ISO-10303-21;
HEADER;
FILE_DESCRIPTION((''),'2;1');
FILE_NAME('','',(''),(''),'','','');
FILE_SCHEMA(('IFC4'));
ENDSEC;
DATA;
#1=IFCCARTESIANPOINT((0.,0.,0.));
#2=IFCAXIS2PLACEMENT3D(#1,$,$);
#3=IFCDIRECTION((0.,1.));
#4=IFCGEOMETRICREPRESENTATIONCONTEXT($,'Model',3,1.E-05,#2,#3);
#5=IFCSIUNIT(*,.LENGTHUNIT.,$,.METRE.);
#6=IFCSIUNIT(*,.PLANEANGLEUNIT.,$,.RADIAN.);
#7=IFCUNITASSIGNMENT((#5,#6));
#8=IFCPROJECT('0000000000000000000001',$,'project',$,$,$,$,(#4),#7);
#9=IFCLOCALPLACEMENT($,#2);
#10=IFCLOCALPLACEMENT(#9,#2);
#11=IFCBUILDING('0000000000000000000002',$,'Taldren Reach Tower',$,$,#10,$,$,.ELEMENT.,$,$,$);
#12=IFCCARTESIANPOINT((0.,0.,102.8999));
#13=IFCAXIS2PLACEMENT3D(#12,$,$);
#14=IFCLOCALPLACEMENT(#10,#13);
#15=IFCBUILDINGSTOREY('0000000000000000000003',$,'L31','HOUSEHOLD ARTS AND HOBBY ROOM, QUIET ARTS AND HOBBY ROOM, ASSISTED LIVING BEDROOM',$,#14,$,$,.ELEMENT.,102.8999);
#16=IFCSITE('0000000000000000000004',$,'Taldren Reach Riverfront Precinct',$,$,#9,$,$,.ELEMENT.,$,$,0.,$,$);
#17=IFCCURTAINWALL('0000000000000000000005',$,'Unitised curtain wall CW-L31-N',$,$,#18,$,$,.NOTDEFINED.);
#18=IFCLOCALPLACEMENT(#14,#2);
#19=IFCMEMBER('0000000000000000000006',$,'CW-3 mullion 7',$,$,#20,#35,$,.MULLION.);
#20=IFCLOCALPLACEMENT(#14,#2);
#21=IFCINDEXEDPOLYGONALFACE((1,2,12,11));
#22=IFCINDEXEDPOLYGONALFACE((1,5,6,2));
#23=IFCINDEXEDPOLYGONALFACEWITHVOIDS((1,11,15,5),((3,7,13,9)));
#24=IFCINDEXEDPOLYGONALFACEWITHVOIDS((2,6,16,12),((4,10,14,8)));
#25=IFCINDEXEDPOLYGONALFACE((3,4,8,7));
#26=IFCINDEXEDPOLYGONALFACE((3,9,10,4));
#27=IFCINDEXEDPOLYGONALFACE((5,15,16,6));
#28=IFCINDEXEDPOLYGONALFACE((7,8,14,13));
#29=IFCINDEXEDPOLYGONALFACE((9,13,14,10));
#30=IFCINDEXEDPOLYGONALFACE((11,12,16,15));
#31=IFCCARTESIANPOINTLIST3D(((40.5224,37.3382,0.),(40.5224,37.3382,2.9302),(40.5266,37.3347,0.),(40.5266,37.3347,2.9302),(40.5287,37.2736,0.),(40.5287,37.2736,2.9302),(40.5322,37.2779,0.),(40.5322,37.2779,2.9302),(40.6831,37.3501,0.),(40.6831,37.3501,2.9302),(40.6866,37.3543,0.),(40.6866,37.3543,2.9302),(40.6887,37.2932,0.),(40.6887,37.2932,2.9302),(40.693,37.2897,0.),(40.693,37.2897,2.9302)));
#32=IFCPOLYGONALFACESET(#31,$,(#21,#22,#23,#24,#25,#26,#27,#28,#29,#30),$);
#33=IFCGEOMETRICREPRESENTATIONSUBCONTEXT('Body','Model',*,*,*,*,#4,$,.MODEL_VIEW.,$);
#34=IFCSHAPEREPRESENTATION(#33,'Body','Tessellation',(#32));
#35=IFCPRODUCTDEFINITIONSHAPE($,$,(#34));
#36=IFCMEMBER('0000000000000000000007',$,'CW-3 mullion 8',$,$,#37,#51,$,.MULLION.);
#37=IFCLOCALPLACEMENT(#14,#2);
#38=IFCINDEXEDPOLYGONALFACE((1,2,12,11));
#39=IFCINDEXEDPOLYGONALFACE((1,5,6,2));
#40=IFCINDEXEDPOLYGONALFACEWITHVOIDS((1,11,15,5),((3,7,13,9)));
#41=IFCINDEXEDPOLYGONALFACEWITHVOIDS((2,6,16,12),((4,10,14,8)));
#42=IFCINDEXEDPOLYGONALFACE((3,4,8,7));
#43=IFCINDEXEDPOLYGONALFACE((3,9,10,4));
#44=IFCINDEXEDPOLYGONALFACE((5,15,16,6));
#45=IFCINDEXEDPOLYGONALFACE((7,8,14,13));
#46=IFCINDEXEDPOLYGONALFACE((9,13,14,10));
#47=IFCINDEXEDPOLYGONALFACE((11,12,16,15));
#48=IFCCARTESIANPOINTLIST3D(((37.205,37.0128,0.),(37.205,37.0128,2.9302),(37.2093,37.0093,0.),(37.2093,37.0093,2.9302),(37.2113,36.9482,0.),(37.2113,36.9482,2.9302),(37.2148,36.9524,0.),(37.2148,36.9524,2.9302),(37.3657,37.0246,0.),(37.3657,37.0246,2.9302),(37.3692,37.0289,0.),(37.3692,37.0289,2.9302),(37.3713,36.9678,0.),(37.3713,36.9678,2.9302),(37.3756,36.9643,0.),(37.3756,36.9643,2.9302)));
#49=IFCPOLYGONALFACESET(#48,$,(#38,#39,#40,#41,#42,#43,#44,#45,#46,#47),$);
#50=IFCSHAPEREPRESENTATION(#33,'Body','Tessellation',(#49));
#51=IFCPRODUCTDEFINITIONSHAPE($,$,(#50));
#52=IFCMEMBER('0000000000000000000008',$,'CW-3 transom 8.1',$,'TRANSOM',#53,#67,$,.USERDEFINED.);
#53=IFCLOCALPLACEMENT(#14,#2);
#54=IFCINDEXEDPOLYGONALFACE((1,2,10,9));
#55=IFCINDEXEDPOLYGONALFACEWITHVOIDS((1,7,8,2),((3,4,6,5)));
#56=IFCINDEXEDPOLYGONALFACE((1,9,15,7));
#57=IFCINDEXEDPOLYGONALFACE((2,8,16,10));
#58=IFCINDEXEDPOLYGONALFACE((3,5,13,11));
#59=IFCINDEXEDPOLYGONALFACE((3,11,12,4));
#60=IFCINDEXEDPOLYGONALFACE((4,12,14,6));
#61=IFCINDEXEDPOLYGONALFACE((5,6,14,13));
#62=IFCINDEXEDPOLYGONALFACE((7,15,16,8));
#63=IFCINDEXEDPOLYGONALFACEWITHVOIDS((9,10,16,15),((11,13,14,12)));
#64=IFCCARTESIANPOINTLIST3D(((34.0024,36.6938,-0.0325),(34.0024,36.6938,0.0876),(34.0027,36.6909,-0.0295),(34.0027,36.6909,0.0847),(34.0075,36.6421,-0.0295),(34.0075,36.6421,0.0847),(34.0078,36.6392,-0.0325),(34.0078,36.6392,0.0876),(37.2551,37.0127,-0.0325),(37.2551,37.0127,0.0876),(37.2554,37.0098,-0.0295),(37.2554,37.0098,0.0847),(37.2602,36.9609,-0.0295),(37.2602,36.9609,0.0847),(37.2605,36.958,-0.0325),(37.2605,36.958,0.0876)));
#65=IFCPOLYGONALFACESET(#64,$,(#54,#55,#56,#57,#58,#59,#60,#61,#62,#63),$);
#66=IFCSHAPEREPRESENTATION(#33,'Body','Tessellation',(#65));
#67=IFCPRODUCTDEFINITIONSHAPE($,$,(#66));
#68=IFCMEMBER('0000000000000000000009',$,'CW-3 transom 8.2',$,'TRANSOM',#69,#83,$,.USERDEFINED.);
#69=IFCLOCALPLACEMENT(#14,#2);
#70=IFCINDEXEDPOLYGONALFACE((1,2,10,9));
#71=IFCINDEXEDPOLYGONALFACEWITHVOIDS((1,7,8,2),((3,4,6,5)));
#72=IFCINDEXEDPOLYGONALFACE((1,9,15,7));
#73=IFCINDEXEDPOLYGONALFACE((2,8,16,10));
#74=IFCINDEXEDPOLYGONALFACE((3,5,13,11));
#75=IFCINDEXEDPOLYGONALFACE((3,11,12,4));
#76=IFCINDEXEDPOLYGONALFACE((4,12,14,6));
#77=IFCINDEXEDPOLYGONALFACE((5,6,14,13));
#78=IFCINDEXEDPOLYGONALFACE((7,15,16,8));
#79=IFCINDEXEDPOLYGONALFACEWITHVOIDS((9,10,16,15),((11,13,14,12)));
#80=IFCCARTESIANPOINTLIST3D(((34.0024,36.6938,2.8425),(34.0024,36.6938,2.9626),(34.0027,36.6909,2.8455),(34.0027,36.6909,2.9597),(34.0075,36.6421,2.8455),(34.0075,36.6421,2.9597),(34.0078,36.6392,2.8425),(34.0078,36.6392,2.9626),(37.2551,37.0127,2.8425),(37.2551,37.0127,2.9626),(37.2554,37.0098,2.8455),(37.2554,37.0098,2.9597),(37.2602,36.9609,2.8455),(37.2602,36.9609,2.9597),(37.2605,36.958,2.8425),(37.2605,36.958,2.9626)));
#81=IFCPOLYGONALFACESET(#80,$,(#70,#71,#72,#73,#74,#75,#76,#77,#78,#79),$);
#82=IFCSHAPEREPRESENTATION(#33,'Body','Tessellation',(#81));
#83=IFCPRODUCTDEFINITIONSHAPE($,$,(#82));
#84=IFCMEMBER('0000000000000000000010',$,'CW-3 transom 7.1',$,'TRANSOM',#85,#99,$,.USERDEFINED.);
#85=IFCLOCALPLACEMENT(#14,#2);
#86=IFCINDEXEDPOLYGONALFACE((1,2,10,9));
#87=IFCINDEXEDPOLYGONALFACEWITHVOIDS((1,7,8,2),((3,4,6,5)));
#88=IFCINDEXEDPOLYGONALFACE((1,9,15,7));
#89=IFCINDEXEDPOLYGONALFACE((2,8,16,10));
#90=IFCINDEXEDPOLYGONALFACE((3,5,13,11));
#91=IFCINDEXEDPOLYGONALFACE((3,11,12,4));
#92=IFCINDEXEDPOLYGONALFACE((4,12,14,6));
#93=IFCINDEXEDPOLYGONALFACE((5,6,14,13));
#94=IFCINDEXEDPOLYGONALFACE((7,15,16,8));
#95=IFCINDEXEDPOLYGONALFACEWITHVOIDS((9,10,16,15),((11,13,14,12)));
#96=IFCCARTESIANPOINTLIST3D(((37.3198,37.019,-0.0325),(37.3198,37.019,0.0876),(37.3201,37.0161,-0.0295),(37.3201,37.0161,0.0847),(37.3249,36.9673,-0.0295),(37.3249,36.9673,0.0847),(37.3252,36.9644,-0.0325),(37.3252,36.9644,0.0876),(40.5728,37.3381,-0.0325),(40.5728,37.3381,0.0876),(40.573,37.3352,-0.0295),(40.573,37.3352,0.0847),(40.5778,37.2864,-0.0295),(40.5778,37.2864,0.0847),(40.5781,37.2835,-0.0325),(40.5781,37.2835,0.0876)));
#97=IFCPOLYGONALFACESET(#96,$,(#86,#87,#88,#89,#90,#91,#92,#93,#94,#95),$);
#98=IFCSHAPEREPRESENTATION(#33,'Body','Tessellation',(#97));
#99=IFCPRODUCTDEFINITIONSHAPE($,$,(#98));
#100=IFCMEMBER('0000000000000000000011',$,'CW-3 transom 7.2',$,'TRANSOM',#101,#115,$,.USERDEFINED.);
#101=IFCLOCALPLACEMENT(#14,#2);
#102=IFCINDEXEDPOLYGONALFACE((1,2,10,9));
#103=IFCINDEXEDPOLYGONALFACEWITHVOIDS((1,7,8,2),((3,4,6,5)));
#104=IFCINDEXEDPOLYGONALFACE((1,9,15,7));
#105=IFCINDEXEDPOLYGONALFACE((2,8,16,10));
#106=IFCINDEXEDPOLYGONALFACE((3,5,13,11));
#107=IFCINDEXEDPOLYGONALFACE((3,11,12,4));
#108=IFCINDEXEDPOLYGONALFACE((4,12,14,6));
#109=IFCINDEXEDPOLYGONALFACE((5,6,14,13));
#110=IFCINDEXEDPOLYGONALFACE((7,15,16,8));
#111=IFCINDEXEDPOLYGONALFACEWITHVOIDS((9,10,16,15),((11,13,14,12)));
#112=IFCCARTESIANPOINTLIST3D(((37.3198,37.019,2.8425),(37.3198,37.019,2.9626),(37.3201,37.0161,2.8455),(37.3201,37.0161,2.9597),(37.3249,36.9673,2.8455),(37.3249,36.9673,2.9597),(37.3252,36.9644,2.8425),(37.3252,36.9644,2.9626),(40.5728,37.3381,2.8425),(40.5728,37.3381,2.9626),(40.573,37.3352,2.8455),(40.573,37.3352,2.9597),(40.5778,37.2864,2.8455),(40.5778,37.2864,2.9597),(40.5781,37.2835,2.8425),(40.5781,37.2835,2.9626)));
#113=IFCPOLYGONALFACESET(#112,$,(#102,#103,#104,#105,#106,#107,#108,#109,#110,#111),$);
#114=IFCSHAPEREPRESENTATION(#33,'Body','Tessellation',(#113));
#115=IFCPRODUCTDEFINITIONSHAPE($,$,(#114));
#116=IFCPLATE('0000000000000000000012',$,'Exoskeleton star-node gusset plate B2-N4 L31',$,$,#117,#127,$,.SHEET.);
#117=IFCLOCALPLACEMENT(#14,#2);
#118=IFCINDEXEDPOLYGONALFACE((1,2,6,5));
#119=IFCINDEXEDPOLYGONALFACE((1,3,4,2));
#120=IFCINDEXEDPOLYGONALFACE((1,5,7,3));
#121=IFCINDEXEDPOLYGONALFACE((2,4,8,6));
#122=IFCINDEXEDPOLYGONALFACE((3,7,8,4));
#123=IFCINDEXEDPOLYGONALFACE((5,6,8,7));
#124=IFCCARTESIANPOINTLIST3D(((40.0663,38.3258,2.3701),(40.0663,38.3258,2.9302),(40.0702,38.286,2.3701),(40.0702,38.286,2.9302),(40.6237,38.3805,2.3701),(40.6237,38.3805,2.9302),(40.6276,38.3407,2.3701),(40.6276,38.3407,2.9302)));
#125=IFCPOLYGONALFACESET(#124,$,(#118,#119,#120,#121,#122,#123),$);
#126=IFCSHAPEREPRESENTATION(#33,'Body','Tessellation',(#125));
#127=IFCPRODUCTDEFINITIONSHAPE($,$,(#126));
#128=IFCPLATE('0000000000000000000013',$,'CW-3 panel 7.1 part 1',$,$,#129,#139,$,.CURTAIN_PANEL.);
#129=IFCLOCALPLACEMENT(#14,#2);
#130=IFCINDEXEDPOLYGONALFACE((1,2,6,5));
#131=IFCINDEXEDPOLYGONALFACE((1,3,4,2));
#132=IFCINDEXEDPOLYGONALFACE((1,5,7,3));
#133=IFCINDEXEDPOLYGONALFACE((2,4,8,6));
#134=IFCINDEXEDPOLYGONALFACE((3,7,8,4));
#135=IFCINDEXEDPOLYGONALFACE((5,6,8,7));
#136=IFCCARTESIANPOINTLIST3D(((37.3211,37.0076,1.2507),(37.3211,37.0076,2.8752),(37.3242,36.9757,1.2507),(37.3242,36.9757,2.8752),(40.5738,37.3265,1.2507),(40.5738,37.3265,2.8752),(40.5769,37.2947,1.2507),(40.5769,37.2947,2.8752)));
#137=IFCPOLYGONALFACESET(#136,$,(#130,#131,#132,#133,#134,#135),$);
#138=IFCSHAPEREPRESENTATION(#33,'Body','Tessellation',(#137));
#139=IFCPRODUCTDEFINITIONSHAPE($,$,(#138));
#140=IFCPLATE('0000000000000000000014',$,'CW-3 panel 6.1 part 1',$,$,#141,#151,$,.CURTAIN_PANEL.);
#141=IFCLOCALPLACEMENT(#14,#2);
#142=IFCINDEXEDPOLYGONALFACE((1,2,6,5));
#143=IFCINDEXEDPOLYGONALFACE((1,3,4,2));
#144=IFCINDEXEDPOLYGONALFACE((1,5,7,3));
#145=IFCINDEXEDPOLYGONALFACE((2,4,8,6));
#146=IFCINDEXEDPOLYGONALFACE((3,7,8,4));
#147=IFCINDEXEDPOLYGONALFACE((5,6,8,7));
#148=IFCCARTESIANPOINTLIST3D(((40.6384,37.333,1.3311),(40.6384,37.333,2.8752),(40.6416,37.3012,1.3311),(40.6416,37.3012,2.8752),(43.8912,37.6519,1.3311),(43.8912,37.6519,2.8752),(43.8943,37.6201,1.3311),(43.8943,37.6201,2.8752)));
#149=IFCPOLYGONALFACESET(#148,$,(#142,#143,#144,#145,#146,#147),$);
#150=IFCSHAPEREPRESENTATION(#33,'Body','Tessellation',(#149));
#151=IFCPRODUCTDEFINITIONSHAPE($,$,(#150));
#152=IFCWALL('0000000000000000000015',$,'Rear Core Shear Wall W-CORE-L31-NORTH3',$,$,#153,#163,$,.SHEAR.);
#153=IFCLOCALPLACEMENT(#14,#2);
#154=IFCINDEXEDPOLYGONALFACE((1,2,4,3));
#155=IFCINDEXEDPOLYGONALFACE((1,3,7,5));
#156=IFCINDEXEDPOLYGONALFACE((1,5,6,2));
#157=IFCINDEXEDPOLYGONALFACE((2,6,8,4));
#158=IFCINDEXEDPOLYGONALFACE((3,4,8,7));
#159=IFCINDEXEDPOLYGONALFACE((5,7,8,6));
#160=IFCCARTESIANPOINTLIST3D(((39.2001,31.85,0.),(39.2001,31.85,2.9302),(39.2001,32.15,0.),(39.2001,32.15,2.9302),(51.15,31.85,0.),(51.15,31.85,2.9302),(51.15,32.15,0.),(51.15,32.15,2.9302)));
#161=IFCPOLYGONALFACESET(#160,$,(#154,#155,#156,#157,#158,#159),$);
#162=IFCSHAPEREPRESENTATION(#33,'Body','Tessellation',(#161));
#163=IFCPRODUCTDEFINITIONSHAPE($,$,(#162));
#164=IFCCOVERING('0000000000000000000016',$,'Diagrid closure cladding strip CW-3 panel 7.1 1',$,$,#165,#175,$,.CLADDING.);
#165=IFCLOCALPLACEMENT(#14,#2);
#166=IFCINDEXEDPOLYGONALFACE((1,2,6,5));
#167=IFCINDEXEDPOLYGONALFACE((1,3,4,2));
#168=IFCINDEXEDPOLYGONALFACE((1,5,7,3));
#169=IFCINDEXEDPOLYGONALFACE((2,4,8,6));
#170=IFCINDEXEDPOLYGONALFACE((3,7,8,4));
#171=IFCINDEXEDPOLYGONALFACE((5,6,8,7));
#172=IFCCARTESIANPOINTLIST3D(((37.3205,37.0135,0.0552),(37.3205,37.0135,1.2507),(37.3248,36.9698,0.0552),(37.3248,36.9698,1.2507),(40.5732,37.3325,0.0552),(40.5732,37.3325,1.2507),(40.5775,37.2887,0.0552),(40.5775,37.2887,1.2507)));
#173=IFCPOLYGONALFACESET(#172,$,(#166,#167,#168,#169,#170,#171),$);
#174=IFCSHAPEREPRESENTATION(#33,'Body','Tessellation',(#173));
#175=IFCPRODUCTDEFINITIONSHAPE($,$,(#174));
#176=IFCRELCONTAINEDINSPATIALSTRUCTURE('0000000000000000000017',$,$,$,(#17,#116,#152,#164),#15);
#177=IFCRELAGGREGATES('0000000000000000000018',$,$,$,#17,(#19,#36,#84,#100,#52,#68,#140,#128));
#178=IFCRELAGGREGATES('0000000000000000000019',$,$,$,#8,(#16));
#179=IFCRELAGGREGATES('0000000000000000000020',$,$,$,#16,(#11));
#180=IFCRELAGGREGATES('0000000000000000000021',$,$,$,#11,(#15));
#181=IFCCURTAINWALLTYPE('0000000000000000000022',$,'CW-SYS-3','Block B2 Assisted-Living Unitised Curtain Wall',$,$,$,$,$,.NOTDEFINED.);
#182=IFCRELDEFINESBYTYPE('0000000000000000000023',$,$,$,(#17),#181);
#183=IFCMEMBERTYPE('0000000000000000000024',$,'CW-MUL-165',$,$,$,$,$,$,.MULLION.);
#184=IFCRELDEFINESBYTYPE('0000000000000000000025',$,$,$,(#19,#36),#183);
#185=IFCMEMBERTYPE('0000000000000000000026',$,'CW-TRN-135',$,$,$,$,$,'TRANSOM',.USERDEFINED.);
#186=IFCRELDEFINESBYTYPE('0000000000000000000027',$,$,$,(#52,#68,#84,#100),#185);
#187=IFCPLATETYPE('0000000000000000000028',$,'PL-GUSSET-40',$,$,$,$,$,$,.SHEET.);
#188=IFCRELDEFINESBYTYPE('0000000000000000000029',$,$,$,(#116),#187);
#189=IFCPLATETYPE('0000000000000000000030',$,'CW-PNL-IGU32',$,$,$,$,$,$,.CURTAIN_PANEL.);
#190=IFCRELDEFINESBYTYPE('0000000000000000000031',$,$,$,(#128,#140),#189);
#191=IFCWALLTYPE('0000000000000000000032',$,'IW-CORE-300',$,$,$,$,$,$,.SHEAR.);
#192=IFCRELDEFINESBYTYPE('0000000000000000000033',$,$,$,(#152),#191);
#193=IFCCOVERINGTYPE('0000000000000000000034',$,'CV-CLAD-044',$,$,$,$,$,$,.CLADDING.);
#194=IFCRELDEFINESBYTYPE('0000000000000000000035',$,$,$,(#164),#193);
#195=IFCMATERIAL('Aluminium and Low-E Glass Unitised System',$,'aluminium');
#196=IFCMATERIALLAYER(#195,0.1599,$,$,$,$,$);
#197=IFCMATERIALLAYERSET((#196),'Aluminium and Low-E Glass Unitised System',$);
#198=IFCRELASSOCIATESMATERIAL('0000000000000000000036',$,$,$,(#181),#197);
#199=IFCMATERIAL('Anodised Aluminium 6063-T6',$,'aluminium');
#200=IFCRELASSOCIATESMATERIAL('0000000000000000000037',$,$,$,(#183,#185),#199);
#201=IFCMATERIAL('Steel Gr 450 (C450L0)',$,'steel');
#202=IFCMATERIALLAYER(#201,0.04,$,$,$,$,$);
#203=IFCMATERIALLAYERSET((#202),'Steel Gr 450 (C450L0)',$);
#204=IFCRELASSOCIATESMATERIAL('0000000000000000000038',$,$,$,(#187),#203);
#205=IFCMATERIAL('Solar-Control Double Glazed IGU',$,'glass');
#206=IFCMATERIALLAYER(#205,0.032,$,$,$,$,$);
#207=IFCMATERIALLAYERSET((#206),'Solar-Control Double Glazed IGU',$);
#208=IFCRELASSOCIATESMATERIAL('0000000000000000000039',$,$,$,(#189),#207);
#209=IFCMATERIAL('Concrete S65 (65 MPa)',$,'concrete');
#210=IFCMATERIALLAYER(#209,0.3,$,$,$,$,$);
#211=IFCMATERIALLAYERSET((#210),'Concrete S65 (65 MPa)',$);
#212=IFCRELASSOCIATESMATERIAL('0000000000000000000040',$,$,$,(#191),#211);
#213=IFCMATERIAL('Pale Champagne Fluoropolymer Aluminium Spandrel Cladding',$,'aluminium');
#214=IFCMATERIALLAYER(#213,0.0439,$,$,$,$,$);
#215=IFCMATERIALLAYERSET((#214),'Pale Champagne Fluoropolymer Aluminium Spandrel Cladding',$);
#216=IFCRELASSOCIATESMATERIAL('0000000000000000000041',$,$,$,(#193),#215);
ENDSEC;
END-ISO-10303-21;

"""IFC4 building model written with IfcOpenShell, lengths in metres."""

from ifc_helpers import new_model, si_unit, direction, frame, frame_2d, origin, origin_2d, place, context, subcontext, project, spatial, rectangle, hollow_rectangle, extrude, source, transform, mapped, material, layer, layer_set, material_profile, profile_set, type_object, element, aggregate, save


model = new_model("IFC4")

# Units and contexts
model_context = context("Model", 3, precision=1e-05, world=origin(), true_north=direction((0.0, 1.0)))
body_context = subcontext(model_context, "Body", "Model", "MODEL_VIEW")
ifc_project = project(units=[si_unit("LENGTHUNIT", "METRE"), si_unit("PLANEANGLEUNIT", "RADIAN")], contexts=[model_context])

# Site, building, storey
site_placement = place(None, origin())
site = spatial("IfcSite", under=ifc_project, at=site_placement, Name="Taldren Reach Riverfront Precinct", CompositionType="ELEMENT", RefElevation=0.0)
building_placement = place(site_placement, origin())
building = spatial("IfcBuilding", under=site, at=building_placement, Name="Taldren Reach Tower", CompositionType="ELEMENT")
storey_placement = place(building_placement, frame((0.0, 0.0, 102.8999)))
storey = spatial("IfcBuildingStorey", under=building, at=storey_placement, Name="L31", Description="HOUSEHOLD ARTS AND HOBBY ROOM, QUIET ARTS AND HOBBY ROOM, ASSISTED LIVING BEDROOM", CompositionType="ELEMENT", Elevation=102.8999)

# Shared definitions
ifc_material_1 = material(Name="Steel Gr 450 (C450L0)", Category="steel")

# Curtain wall, members
ifc_material_2 = material(Name="Aluminium and Low-E Glass Unitised System", Category="aluminium")
ifc_layer_1 = layer(ifc_material_2, 0.1599)
ifc_layer_set_1 = layer_set([ifc_layer_1], Name="Aluminium and Low-E Glass Unitised System")
curtain_wall_type = type_object("IfcCurtainWallType", Name="CW-SYS-3", Description="Block B2 Assisted-Living Unitised Curtain Wall", PredefinedType="NOTDEFINED", material=ifc_layer_set_1)
curtain_wall_placement = place(storey_placement, origin())
curtain_wall = element("IfcCurtainWall", 1, at=curtain_wall_placement, inside=storey, type_object=curtain_wall_type, Name="Unitised curtain wall CW-L31-N", PredefinedType="NOTDEFINED")
ifc_material_3 = material(Name="Anodised Aluminium 6063-T6", Category="aluminium")
ifc_material_profile_1 = material_profile(ifc_material_3, hollow_rectangle(XDim=0.0649, YDim=0.165, WallThickness=0.0039, at=origin_2d()), Name="ALU-165x65x4RHS")
ifc_profile_set_1 = profile_set([ifc_material_profile_1], Name="Anodised Aluminium 6063-T6")
member_type_1 = type_object("IfcMemberType", Name="CW-MUL-165", PredefinedType="MULLION", material=ifc_profile_set_1)
shared_shape_1 = source(origin(), body_context, "Body", "SweptSolid", [
    extrude(hollow_rectangle(XDim=0.0649, YDim=0.165, WallThickness=0.0039, at=origin_2d()), origin(), (0.0, 0.0, 1.0), 2.9302),
])
member_1_placement = place(storey_placement, frame((40.6077, 37.314, 0.0), z_axis=(0.0, 0.0, 1.0), x_axis=(0.097583, -0.995227, 0.0)))
member_1 = element("IfcMember", 2, at=member_1_placement, type_object=member_type_1, Name="CW-3 mullion 7", PredefinedType="MULLION", context=body_context, shape_type="MappedRepresentation", body=[
    mapped(shared_shape_1, transform((0.0, 0.0, 0.0), scale=1.0)),
])
member_2_placement = place(storey_placement, frame((37.2903, 36.9885, 0.0), z_axis=(0.0, 0.0, 1.0), x_axis=(0.097583, -0.995227, 0.0)))
member_2 = element("IfcMember", 3, at=member_2_placement, type_object=member_type_1, Name="CW-3 mullion 8", PredefinedType="MULLION", context=body_context, shape_type="MappedRepresentation", body=[
    mapped(shared_shape_1, transform((0.0, 0.0, 0.0), scale=1.0)),
])
ifc_material_profile_2 = material_profile(ifc_material_3, hollow_rectangle(XDim=0.0549, YDim=0.1201, WallThickness=0.0029, at=origin_2d()), Name="ALU-120x55x3RHS")
ifc_profile_set_2 = profile_set([ifc_material_profile_2], Name="Anodised Aluminium 6063-T6")
member_type_2 = type_object("IfcMemberType", Name="CW-TRN-135", ElementType="TRANSOM", PredefinedType="USERDEFINED", material=ifc_profile_set_2)
shared_shape_2 = source(origin(), body_context, "Body", "SweptSolid", [
    extrude(hollow_rectangle(XDim=0.0549, YDim=0.1201, WallThickness=0.0029, at=origin_2d()), origin(), (0.0, 0.0, 1.0), 3.2683),
])
member_3_placement = place(storey_placement, frame((37.2578, 36.9854, 0.0276), z_axis=(-0.99523, -0.097558, 0.0), x_axis=(0.097558, -0.99523, 0.0)))
member_3 = element("IfcMember", 4, at=member_3_placement, type_object=member_type_2, Name="CW-3 transom 8.1", ObjectType="TRANSOM", PredefinedType="USERDEFINED", context=body_context, shape_type="MappedRepresentation", body=[
    mapped(shared_shape_2, transform((0.0, 0.0, 0.0), scale=1.0)),
])
member_4_placement = place(storey_placement, frame((37.2578, 36.9854, 2.9026), z_axis=(-0.99523, -0.097558, 0.0), x_axis=(0.097558, -0.99523, 0.0)))
member_4 = element("IfcMember", 5, at=member_4_placement, type_object=member_type_2, Name="CW-3 transom 8.2", ObjectType="TRANSOM", PredefinedType="USERDEFINED", context=body_context, shape_type="MappedRepresentation", body=[
    mapped(shared_shape_2, transform((0.0, 0.0, 0.0), scale=1.0)),
])
shared_shape_3 = source(origin(), body_context, "Body", "SweptSolid", [
    extrude(hollow_rectangle(XDim=0.0549, YDim=0.1201, WallThickness=0.0029, at=origin_2d()), origin(), (0.0, 0.0, 1.0), 3.2686),
])
member_5_placement = place(storey_placement, frame((40.5754, 37.3108, 0.0276), z_axis=(-0.995223, -0.097625, 0.0), x_axis=(0.097625, -0.995223, 0.0)))
member_5 = element("IfcMember", 6, at=member_5_placement, type_object=member_type_2, Name="CW-3 transom 7.1", ObjectType="TRANSOM", PredefinedType="USERDEFINED", context=body_context, shape_type="MappedRepresentation", body=[
    mapped(shared_shape_3, transform((0.0, 0.0, 0.0), scale=1.0)),
])
member_6_placement = place(storey_placement, frame((40.5754, 37.3108, 2.9026), z_axis=(-0.995223, -0.097625, 0.0), x_axis=(0.097625, -0.995223, 0.0)))
member_6 = element("IfcMember", 7, at=member_6_placement, type_object=member_type_2, Name="CW-3 transom 7.2", ObjectType="TRANSOM", PredefinedType="USERDEFINED", context=body_context, shape_type="MappedRepresentation", body=[
    mapped(shared_shape_3, transform((0.0, 0.0, 0.0), scale=1.0)),
])

# Plates
ifc_layer_2 = layer(ifc_material_1, 0.04)
ifc_layer_set_2 = layer_set([ifc_layer_2], Name="Steel Gr 450 (C450L0)")
plate_type_1 = type_object("IfcPlateType", Name="PL-GUSSET-40", PredefinedType="SHEET", material=ifc_layer_set_2)
shared_shape_4 = source(origin(), body_context, "Body", "SweptSolid", [
    extrude(rectangle(XDim=0.5601, YDim=0.04, at=origin_2d()), origin(), (0.0, 0.0, 1.0), 0.5601),
])
plate_1_placement = place(storey_placement, frame((40.3469, 38.3333, 2.3701), z_axis=(0.0, 0.0, 1.0), x_axis=(0.995227, 0.097583, 0.0)))
element("IfcPlate", 8, at=plate_1_placement, inside=storey, type_object=plate_type_1, Name="Exoskeleton star-node gusset plate B2-N4 L31", PredefinedType="SHEET", context=body_context, shape_type="MappedRepresentation", body=[
    mapped(shared_shape_4, transform((0.0, 0.0, 0.0), scale=1.0)),
])
ifc_material_4 = material(Name="Solar-Control Double Glazed IGU", Category="glass")
ifc_layer_3 = layer(ifc_material_4, 0.032)
ifc_layer_set_3 = layer_set([ifc_layer_3], Name="Solar-Control Double Glazed IGU")
plate_type_2 = type_object("IfcPlateType", Name="CW-PNL-IGU32", PredefinedType="CURTAIN_PANEL", material=ifc_layer_set_3)
shared_shape_5 = source(origin(), body_context, "Body", "SweptSolid", [
    extrude(rectangle(XDim=3.2683, YDim=0.032, at=origin_2d()), origin(), (0.0, 0.0, 1.0), 1.6245),
])
plate_2_placement = place(storey_placement, frame((38.949, 37.1511, 1.2507), z_axis=(0.0, 0.0, 1.0), x_axis=(-0.995227, -0.097583, 0.0)))
plate_2 = element("IfcPlate", 9, at=plate_2_placement, type_object=plate_type_2, Name="CW-3 panel 7.1 part 1", PredefinedType="CURTAIN_PANEL", context=body_context, shape_type="MappedRepresentation", body=[
    mapped(shared_shape_5, transform((0.0, 0.0, 0.0), scale=1.0)),
])
shared_shape_6 = source(origin(), body_context, "Body", "SweptSolid", [
    extrude(rectangle(XDim=3.2683, YDim=0.032, at=origin_2d()), origin(), (0.0, 0.0, 1.0), 1.5442),
])
plate_3_placement = place(storey_placement, frame((42.2664, 37.4766, 1.3311), z_axis=(0.0, 0.0, 1.0), x_axis=(-0.995227, -0.097583, 0.0)))
plate_3 = element("IfcPlate", 10, at=plate_3_placement, type_object=plate_type_2, Name="CW-3 panel 6.1 part 1", PredefinedType="CURTAIN_PANEL", context=body_context, shape_type="MappedRepresentation", body=[
    mapped(shared_shape_6, transform((0.0, 0.0, 0.0), scale=1.0)),
])
aggregate(curtain_wall, [member_1, member_2, member_5, member_6, member_3, member_4, plate_3, plate_2])

# Wall
ifc_material_5 = material(Name="Concrete S65 (65 MPa)", Category="concrete")
ifc_layer_4 = layer(ifc_material_5, 0.3)
ifc_layer_set_4 = layer_set([ifc_layer_4], Name="Concrete S65 (65 MPa)")
wall_type = type_object("IfcWallType", Name="IW-CORE-300", PredefinedType="SHEAR", material=ifc_layer_set_4)
shared_shape_7 = source(origin(), body_context, "Body", "SweptSolid", [
    extrude(rectangle(XDim=11.95, YDim=0.3, at=frame_2d((5.9751, 0.0))), origin(), (0.0, 0.0, 1.0), 2.9302),
])
wall_placement = place(storey_placement, frame((39.2, 32.0, 0.0), z_axis=(0.0, 0.0, 1.0), x_axis=(1.0, 0.0, 0.0)))
element("IfcWall", 11, at=wall_placement, inside=storey, type_object=wall_type, Name="Rear Core Shear Wall W-CORE-L31-NORTH3", PredefinedType="SHEAR", context=body_context, shape_type="MappedRepresentation", body=[
    mapped(shared_shape_7, transform((0.0, 0.0, 0.0), scale=1.0)),
])

# Covering
ifc_material_6 = material(Name="Pale Champagne Fluoropolymer Aluminium Spandrel Cladding", Category="aluminium")
ifc_layer_5 = layer(ifc_material_6, 0.0439)
ifc_layer_set_5 = layer_set([ifc_layer_5], Name="Pale Champagne Fluoropolymer Aluminium Spandrel Cladding")
covering_type = type_object("IfcCoveringType", Name="CV-CLAD-044", PredefinedType="CLADDING", material=ifc_layer_set_5)
shared_shape_8 = source(origin(), body_context, "Body", "SweptSolid", [
    extrude(rectangle(XDim=3.2683, YDim=0.0439, at=origin_2d()), origin(), (0.0, 0.0, 1.0), 1.1956),
])
covering_1_placement = place(storey_placement, frame((38.949, 37.1511, 0.0552), z_axis=(0.0, 0.0, 1.0), x_axis=(-0.995227, -0.097583, 0.0)))
element("IfcCovering", 12, at=covering_1_placement, inside=storey, type_object=covering_type, Name="Diagrid closure cladding strip CW-3 panel 7.1 1", PredefinedType="CLADDING", context=body_context, shape_type="MappedRepresentation", body=[
    mapped(shared_shape_8, transform((0.0, 0.0, 0.0), scale=1.0)),
])

save(model, "model.ifc")
